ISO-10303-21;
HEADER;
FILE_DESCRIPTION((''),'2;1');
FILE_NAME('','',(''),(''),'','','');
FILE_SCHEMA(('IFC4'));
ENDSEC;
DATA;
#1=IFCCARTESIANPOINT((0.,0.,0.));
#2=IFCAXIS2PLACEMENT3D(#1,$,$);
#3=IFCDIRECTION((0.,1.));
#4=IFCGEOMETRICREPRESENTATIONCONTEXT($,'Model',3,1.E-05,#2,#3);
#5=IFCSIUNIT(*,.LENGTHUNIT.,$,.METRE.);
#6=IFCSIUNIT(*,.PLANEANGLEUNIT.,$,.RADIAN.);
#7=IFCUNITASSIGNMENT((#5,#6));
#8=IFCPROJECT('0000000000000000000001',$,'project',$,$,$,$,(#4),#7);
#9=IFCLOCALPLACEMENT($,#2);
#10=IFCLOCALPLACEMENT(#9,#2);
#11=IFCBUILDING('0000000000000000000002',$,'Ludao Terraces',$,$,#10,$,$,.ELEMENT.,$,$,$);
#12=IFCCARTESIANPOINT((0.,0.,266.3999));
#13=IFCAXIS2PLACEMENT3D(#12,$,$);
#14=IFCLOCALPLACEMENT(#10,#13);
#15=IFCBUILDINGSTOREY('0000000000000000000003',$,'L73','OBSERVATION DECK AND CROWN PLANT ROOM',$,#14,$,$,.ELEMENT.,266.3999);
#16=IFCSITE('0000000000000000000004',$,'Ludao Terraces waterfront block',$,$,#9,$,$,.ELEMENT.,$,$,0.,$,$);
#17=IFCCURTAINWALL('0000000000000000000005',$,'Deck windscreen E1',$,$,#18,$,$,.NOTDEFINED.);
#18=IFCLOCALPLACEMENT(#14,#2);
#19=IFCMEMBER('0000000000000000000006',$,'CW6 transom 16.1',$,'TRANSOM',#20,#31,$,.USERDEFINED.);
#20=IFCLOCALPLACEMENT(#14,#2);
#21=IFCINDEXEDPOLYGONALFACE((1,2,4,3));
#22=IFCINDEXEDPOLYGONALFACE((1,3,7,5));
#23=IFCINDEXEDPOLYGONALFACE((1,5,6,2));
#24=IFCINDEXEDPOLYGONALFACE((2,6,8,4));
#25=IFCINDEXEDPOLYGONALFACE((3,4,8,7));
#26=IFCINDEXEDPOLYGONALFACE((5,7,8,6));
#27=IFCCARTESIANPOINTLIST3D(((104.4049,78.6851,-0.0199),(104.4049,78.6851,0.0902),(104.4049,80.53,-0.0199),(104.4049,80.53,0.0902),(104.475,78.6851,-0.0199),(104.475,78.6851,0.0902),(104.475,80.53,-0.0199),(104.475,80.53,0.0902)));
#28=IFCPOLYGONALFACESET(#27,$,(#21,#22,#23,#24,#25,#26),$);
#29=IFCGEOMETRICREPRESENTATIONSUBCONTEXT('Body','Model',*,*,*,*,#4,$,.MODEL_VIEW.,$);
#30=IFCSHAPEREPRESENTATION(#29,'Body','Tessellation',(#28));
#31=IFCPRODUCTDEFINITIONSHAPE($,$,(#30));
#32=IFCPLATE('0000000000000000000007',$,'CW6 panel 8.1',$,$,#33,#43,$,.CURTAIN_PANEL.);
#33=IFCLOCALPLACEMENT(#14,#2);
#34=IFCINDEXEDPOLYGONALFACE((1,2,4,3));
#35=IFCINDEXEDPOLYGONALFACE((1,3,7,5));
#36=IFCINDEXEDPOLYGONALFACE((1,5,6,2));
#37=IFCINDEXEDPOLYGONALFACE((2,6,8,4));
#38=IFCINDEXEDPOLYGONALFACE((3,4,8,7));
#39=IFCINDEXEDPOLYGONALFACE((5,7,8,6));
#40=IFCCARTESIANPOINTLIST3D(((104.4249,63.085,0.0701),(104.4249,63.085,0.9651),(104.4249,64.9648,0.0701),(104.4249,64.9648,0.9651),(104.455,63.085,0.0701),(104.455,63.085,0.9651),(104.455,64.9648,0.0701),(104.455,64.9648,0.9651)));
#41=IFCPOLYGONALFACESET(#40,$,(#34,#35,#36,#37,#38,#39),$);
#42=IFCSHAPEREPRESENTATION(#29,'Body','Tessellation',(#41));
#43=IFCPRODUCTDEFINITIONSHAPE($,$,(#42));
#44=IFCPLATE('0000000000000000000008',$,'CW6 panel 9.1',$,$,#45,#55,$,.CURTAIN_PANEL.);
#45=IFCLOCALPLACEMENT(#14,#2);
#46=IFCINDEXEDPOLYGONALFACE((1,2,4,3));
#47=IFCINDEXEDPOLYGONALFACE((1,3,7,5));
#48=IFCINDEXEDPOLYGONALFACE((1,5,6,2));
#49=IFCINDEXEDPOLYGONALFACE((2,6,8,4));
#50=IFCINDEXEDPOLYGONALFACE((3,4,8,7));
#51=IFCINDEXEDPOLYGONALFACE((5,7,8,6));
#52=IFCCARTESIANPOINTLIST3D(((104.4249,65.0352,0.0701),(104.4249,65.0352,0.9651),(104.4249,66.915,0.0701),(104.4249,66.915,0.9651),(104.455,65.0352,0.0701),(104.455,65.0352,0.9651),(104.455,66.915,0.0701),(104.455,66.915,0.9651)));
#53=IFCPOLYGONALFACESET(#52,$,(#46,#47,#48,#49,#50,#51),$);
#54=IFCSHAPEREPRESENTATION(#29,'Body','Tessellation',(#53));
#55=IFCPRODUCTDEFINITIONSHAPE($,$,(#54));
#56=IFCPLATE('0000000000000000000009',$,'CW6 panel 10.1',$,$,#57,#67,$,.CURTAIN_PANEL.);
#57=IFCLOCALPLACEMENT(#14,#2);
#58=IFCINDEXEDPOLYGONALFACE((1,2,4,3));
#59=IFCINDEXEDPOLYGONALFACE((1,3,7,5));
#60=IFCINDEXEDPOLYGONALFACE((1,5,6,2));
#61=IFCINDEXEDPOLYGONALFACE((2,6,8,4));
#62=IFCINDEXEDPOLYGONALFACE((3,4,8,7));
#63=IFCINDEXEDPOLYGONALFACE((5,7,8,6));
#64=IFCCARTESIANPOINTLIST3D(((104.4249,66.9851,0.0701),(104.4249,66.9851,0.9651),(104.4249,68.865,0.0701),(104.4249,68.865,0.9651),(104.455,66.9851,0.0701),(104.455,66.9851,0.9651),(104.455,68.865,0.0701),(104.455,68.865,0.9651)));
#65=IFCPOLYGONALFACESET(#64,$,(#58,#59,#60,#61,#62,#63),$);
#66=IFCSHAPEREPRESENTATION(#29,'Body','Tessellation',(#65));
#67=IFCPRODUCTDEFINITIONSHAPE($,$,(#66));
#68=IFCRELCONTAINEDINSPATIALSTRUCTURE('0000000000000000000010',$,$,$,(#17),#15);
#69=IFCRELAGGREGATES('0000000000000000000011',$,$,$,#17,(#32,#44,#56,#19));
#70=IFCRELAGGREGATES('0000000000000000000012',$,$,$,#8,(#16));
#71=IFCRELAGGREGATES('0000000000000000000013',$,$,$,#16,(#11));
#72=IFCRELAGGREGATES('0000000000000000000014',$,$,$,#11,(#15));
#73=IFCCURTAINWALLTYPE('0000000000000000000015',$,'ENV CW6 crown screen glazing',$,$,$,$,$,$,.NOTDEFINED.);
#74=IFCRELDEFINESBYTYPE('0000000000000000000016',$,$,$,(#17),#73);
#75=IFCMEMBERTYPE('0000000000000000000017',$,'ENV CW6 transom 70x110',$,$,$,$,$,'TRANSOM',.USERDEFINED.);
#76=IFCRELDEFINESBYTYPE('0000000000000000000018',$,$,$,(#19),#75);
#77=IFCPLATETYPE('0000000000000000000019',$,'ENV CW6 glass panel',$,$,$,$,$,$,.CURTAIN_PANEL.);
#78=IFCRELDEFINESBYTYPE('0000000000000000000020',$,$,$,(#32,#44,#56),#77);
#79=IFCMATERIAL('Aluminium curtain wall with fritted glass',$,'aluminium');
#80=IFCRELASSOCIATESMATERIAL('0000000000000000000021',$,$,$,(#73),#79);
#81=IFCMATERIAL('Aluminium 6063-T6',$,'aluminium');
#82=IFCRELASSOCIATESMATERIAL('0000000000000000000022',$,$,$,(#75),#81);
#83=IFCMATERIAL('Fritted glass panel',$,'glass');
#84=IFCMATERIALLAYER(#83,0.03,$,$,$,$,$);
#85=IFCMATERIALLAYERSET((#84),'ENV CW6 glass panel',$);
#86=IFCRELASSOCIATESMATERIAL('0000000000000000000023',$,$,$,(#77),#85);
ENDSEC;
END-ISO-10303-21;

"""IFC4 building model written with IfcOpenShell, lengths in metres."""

from ifc_helpers import new_model, si_unit, direction, frame, origin, origin_2d, place, context, subcontext, project, spatial, rectangle, extrude, material, layer, layer_set, material_profile, profile_set, type_object, element, aggregate, save


model = new_model("IFC4")

# Units and contexts
model_context = context("Model", 3, precision=1e-05, world=origin(), true_north=direction((0.0, 1.0)))
body_context = subcontext(model_context, "Body", "Model", "MODEL_VIEW")
ifc_project = project(units=[si_unit("LENGTHUNIT", "METRE"), si_unit("PLANEANGLEUNIT", "RADIAN")], contexts=[model_context])

# Site, building, storey
site_placement = place(None, origin())
site = spatial("IfcSite", under=ifc_project, at=site_placement, Name="Ludao Terraces waterfront block", CompositionType="ELEMENT", RefElevation=0.0)
building_placement = place(site_placement, origin())
building = spatial("IfcBuilding", under=site, at=building_placement, Name="Ludao Terraces", CompositionType="ELEMENT")
storey_placement = place(building_placement, frame((0.0, 0.0, 266.3999)))
storey = spatial("IfcBuildingStorey", under=building, at=storey_placement, Name="L73", Description="OBSERVATION DECK AND CROWN PLANT ROOM", CompositionType="ELEMENT", Elevation=266.3999)

# Curtain wall, member, plates
ifc_material_1 = material(Name="Aluminium curtain wall with fritted glass", Category="aluminium")
curtain_wall_type = type_object("IfcCurtainWallType", Name="ENV CW6 crown screen glazing", PredefinedType="NOTDEFINED", material=ifc_material_1)
curtain_wall_placement = place(storey_placement, origin())
curtain_wall = element("IfcCurtainWall", 1, at=curtain_wall_placement, inside=storey, type_object=curtain_wall_type, Name="Deck windscreen E1", PredefinedType="NOTDEFINED")
ifc_material_2 = material(Name="Aluminium 6063-T6", Category="aluminium")
ifc_material_profile_1 = material_profile(ifc_material_2, rectangle(XDim=0.0701, YDim=0.1101, at=origin_2d()), Name="70 X 110")
ifc_profile_set_1 = profile_set([ifc_material_profile_1], Name="Aluminium 6063-T6")
member_type_1 = type_object("IfcMemberType", Name="ENV CW6 transom 70x110", ElementType="TRANSOM", PredefinedType="USERDEFINED", material=ifc_profile_set_1)
member_1_placement = place(storey_placement, frame((104.4399, 78.6851, 0.0352), z_axis=(0.0, 1.0, 0.0), x_axis=(-1.0, 0.0, 0.0)))
member_1 = element("IfcMember", 2, at=member_1_placement, type_object=member_type_1, Name="CW6 transom 16.1", ObjectType="TRANSOM", PredefinedType="USERDEFINED", context=body_context, shape_type="SweptSolid", body=[
    extrude(rectangle(XDim=0.0701, YDim=0.1101, at=origin_2d()), origin(), (0.0, 0.0, 1.0), 1.845),
])
ifc_material_3 = material(Name="Fritted glass panel", Category="glass")
ifc_layer = layer(ifc_material_3, 0.03)
ifc_layer_set = layer_set([ifc_layer], Name="ENV CW6 glass panel")
plate_type = type_object("IfcPlateType", Name="ENV CW6 glass panel", PredefinedType="CURTAIN_PANEL", material=ifc_layer_set)
plate_1_placement = place(storey_placement, frame((104.4399, 64.0249, 0.0701), z_axis=(0.0, 0.0, 1.0), x_axis=(0.0, 1.0, 0.0)))
plate_1 = element("IfcPlate", 3, at=plate_1_placement, type_object=plate_type, Name="CW6 panel 8.1", PredefinedType="CURTAIN_PANEL", context=body_context, shape_type="SweptSolid", body=[
    extrude(rectangle(XDim=1.8799, YDim=0.03, at=origin_2d()), origin(), (0.0, 0.0, 1.0), 0.895),
])
plate_2_placement = place(storey_placement, frame((104.4399, 65.9751, 0.0701), z_axis=(0.0, 0.0, 1.0), x_axis=(0.0, 1.0, 0.0)))
plate_2 = element("IfcPlate", 4, at=plate_2_placement, type_object=plate_type, Name="CW6 panel 9.1", PredefinedType="CURTAIN_PANEL", context=body_context, shape_type="SweptSolid", body=[
    extrude(rectangle(XDim=1.8799, YDim=0.03, at=origin_2d()), origin(), (0.0, 0.0, 1.0), 0.895),
])
plate_3_placement = place(storey_placement, frame((104.4399, 67.925, 0.0701), z_axis=(0.0, 0.0, 1.0), x_axis=(0.0, 1.0, 0.0)))
plate_3 = element("IfcPlate", 5, at=plate_3_placement, type_object=plate_type, Name="CW6 panel 10.1", PredefinedType="CURTAIN_PANEL", context=body_context, shape_type="SweptSolid", body=[
    extrude(rectangle(XDim=1.8799, YDim=0.03, at=origin_2d()), origin(), (0.0, 0.0, 1.0), 0.895),
])
aggregate(curtain_wall, [plate_1, plate_2, plate_3, member_1])

save(model, "model.ifc")
